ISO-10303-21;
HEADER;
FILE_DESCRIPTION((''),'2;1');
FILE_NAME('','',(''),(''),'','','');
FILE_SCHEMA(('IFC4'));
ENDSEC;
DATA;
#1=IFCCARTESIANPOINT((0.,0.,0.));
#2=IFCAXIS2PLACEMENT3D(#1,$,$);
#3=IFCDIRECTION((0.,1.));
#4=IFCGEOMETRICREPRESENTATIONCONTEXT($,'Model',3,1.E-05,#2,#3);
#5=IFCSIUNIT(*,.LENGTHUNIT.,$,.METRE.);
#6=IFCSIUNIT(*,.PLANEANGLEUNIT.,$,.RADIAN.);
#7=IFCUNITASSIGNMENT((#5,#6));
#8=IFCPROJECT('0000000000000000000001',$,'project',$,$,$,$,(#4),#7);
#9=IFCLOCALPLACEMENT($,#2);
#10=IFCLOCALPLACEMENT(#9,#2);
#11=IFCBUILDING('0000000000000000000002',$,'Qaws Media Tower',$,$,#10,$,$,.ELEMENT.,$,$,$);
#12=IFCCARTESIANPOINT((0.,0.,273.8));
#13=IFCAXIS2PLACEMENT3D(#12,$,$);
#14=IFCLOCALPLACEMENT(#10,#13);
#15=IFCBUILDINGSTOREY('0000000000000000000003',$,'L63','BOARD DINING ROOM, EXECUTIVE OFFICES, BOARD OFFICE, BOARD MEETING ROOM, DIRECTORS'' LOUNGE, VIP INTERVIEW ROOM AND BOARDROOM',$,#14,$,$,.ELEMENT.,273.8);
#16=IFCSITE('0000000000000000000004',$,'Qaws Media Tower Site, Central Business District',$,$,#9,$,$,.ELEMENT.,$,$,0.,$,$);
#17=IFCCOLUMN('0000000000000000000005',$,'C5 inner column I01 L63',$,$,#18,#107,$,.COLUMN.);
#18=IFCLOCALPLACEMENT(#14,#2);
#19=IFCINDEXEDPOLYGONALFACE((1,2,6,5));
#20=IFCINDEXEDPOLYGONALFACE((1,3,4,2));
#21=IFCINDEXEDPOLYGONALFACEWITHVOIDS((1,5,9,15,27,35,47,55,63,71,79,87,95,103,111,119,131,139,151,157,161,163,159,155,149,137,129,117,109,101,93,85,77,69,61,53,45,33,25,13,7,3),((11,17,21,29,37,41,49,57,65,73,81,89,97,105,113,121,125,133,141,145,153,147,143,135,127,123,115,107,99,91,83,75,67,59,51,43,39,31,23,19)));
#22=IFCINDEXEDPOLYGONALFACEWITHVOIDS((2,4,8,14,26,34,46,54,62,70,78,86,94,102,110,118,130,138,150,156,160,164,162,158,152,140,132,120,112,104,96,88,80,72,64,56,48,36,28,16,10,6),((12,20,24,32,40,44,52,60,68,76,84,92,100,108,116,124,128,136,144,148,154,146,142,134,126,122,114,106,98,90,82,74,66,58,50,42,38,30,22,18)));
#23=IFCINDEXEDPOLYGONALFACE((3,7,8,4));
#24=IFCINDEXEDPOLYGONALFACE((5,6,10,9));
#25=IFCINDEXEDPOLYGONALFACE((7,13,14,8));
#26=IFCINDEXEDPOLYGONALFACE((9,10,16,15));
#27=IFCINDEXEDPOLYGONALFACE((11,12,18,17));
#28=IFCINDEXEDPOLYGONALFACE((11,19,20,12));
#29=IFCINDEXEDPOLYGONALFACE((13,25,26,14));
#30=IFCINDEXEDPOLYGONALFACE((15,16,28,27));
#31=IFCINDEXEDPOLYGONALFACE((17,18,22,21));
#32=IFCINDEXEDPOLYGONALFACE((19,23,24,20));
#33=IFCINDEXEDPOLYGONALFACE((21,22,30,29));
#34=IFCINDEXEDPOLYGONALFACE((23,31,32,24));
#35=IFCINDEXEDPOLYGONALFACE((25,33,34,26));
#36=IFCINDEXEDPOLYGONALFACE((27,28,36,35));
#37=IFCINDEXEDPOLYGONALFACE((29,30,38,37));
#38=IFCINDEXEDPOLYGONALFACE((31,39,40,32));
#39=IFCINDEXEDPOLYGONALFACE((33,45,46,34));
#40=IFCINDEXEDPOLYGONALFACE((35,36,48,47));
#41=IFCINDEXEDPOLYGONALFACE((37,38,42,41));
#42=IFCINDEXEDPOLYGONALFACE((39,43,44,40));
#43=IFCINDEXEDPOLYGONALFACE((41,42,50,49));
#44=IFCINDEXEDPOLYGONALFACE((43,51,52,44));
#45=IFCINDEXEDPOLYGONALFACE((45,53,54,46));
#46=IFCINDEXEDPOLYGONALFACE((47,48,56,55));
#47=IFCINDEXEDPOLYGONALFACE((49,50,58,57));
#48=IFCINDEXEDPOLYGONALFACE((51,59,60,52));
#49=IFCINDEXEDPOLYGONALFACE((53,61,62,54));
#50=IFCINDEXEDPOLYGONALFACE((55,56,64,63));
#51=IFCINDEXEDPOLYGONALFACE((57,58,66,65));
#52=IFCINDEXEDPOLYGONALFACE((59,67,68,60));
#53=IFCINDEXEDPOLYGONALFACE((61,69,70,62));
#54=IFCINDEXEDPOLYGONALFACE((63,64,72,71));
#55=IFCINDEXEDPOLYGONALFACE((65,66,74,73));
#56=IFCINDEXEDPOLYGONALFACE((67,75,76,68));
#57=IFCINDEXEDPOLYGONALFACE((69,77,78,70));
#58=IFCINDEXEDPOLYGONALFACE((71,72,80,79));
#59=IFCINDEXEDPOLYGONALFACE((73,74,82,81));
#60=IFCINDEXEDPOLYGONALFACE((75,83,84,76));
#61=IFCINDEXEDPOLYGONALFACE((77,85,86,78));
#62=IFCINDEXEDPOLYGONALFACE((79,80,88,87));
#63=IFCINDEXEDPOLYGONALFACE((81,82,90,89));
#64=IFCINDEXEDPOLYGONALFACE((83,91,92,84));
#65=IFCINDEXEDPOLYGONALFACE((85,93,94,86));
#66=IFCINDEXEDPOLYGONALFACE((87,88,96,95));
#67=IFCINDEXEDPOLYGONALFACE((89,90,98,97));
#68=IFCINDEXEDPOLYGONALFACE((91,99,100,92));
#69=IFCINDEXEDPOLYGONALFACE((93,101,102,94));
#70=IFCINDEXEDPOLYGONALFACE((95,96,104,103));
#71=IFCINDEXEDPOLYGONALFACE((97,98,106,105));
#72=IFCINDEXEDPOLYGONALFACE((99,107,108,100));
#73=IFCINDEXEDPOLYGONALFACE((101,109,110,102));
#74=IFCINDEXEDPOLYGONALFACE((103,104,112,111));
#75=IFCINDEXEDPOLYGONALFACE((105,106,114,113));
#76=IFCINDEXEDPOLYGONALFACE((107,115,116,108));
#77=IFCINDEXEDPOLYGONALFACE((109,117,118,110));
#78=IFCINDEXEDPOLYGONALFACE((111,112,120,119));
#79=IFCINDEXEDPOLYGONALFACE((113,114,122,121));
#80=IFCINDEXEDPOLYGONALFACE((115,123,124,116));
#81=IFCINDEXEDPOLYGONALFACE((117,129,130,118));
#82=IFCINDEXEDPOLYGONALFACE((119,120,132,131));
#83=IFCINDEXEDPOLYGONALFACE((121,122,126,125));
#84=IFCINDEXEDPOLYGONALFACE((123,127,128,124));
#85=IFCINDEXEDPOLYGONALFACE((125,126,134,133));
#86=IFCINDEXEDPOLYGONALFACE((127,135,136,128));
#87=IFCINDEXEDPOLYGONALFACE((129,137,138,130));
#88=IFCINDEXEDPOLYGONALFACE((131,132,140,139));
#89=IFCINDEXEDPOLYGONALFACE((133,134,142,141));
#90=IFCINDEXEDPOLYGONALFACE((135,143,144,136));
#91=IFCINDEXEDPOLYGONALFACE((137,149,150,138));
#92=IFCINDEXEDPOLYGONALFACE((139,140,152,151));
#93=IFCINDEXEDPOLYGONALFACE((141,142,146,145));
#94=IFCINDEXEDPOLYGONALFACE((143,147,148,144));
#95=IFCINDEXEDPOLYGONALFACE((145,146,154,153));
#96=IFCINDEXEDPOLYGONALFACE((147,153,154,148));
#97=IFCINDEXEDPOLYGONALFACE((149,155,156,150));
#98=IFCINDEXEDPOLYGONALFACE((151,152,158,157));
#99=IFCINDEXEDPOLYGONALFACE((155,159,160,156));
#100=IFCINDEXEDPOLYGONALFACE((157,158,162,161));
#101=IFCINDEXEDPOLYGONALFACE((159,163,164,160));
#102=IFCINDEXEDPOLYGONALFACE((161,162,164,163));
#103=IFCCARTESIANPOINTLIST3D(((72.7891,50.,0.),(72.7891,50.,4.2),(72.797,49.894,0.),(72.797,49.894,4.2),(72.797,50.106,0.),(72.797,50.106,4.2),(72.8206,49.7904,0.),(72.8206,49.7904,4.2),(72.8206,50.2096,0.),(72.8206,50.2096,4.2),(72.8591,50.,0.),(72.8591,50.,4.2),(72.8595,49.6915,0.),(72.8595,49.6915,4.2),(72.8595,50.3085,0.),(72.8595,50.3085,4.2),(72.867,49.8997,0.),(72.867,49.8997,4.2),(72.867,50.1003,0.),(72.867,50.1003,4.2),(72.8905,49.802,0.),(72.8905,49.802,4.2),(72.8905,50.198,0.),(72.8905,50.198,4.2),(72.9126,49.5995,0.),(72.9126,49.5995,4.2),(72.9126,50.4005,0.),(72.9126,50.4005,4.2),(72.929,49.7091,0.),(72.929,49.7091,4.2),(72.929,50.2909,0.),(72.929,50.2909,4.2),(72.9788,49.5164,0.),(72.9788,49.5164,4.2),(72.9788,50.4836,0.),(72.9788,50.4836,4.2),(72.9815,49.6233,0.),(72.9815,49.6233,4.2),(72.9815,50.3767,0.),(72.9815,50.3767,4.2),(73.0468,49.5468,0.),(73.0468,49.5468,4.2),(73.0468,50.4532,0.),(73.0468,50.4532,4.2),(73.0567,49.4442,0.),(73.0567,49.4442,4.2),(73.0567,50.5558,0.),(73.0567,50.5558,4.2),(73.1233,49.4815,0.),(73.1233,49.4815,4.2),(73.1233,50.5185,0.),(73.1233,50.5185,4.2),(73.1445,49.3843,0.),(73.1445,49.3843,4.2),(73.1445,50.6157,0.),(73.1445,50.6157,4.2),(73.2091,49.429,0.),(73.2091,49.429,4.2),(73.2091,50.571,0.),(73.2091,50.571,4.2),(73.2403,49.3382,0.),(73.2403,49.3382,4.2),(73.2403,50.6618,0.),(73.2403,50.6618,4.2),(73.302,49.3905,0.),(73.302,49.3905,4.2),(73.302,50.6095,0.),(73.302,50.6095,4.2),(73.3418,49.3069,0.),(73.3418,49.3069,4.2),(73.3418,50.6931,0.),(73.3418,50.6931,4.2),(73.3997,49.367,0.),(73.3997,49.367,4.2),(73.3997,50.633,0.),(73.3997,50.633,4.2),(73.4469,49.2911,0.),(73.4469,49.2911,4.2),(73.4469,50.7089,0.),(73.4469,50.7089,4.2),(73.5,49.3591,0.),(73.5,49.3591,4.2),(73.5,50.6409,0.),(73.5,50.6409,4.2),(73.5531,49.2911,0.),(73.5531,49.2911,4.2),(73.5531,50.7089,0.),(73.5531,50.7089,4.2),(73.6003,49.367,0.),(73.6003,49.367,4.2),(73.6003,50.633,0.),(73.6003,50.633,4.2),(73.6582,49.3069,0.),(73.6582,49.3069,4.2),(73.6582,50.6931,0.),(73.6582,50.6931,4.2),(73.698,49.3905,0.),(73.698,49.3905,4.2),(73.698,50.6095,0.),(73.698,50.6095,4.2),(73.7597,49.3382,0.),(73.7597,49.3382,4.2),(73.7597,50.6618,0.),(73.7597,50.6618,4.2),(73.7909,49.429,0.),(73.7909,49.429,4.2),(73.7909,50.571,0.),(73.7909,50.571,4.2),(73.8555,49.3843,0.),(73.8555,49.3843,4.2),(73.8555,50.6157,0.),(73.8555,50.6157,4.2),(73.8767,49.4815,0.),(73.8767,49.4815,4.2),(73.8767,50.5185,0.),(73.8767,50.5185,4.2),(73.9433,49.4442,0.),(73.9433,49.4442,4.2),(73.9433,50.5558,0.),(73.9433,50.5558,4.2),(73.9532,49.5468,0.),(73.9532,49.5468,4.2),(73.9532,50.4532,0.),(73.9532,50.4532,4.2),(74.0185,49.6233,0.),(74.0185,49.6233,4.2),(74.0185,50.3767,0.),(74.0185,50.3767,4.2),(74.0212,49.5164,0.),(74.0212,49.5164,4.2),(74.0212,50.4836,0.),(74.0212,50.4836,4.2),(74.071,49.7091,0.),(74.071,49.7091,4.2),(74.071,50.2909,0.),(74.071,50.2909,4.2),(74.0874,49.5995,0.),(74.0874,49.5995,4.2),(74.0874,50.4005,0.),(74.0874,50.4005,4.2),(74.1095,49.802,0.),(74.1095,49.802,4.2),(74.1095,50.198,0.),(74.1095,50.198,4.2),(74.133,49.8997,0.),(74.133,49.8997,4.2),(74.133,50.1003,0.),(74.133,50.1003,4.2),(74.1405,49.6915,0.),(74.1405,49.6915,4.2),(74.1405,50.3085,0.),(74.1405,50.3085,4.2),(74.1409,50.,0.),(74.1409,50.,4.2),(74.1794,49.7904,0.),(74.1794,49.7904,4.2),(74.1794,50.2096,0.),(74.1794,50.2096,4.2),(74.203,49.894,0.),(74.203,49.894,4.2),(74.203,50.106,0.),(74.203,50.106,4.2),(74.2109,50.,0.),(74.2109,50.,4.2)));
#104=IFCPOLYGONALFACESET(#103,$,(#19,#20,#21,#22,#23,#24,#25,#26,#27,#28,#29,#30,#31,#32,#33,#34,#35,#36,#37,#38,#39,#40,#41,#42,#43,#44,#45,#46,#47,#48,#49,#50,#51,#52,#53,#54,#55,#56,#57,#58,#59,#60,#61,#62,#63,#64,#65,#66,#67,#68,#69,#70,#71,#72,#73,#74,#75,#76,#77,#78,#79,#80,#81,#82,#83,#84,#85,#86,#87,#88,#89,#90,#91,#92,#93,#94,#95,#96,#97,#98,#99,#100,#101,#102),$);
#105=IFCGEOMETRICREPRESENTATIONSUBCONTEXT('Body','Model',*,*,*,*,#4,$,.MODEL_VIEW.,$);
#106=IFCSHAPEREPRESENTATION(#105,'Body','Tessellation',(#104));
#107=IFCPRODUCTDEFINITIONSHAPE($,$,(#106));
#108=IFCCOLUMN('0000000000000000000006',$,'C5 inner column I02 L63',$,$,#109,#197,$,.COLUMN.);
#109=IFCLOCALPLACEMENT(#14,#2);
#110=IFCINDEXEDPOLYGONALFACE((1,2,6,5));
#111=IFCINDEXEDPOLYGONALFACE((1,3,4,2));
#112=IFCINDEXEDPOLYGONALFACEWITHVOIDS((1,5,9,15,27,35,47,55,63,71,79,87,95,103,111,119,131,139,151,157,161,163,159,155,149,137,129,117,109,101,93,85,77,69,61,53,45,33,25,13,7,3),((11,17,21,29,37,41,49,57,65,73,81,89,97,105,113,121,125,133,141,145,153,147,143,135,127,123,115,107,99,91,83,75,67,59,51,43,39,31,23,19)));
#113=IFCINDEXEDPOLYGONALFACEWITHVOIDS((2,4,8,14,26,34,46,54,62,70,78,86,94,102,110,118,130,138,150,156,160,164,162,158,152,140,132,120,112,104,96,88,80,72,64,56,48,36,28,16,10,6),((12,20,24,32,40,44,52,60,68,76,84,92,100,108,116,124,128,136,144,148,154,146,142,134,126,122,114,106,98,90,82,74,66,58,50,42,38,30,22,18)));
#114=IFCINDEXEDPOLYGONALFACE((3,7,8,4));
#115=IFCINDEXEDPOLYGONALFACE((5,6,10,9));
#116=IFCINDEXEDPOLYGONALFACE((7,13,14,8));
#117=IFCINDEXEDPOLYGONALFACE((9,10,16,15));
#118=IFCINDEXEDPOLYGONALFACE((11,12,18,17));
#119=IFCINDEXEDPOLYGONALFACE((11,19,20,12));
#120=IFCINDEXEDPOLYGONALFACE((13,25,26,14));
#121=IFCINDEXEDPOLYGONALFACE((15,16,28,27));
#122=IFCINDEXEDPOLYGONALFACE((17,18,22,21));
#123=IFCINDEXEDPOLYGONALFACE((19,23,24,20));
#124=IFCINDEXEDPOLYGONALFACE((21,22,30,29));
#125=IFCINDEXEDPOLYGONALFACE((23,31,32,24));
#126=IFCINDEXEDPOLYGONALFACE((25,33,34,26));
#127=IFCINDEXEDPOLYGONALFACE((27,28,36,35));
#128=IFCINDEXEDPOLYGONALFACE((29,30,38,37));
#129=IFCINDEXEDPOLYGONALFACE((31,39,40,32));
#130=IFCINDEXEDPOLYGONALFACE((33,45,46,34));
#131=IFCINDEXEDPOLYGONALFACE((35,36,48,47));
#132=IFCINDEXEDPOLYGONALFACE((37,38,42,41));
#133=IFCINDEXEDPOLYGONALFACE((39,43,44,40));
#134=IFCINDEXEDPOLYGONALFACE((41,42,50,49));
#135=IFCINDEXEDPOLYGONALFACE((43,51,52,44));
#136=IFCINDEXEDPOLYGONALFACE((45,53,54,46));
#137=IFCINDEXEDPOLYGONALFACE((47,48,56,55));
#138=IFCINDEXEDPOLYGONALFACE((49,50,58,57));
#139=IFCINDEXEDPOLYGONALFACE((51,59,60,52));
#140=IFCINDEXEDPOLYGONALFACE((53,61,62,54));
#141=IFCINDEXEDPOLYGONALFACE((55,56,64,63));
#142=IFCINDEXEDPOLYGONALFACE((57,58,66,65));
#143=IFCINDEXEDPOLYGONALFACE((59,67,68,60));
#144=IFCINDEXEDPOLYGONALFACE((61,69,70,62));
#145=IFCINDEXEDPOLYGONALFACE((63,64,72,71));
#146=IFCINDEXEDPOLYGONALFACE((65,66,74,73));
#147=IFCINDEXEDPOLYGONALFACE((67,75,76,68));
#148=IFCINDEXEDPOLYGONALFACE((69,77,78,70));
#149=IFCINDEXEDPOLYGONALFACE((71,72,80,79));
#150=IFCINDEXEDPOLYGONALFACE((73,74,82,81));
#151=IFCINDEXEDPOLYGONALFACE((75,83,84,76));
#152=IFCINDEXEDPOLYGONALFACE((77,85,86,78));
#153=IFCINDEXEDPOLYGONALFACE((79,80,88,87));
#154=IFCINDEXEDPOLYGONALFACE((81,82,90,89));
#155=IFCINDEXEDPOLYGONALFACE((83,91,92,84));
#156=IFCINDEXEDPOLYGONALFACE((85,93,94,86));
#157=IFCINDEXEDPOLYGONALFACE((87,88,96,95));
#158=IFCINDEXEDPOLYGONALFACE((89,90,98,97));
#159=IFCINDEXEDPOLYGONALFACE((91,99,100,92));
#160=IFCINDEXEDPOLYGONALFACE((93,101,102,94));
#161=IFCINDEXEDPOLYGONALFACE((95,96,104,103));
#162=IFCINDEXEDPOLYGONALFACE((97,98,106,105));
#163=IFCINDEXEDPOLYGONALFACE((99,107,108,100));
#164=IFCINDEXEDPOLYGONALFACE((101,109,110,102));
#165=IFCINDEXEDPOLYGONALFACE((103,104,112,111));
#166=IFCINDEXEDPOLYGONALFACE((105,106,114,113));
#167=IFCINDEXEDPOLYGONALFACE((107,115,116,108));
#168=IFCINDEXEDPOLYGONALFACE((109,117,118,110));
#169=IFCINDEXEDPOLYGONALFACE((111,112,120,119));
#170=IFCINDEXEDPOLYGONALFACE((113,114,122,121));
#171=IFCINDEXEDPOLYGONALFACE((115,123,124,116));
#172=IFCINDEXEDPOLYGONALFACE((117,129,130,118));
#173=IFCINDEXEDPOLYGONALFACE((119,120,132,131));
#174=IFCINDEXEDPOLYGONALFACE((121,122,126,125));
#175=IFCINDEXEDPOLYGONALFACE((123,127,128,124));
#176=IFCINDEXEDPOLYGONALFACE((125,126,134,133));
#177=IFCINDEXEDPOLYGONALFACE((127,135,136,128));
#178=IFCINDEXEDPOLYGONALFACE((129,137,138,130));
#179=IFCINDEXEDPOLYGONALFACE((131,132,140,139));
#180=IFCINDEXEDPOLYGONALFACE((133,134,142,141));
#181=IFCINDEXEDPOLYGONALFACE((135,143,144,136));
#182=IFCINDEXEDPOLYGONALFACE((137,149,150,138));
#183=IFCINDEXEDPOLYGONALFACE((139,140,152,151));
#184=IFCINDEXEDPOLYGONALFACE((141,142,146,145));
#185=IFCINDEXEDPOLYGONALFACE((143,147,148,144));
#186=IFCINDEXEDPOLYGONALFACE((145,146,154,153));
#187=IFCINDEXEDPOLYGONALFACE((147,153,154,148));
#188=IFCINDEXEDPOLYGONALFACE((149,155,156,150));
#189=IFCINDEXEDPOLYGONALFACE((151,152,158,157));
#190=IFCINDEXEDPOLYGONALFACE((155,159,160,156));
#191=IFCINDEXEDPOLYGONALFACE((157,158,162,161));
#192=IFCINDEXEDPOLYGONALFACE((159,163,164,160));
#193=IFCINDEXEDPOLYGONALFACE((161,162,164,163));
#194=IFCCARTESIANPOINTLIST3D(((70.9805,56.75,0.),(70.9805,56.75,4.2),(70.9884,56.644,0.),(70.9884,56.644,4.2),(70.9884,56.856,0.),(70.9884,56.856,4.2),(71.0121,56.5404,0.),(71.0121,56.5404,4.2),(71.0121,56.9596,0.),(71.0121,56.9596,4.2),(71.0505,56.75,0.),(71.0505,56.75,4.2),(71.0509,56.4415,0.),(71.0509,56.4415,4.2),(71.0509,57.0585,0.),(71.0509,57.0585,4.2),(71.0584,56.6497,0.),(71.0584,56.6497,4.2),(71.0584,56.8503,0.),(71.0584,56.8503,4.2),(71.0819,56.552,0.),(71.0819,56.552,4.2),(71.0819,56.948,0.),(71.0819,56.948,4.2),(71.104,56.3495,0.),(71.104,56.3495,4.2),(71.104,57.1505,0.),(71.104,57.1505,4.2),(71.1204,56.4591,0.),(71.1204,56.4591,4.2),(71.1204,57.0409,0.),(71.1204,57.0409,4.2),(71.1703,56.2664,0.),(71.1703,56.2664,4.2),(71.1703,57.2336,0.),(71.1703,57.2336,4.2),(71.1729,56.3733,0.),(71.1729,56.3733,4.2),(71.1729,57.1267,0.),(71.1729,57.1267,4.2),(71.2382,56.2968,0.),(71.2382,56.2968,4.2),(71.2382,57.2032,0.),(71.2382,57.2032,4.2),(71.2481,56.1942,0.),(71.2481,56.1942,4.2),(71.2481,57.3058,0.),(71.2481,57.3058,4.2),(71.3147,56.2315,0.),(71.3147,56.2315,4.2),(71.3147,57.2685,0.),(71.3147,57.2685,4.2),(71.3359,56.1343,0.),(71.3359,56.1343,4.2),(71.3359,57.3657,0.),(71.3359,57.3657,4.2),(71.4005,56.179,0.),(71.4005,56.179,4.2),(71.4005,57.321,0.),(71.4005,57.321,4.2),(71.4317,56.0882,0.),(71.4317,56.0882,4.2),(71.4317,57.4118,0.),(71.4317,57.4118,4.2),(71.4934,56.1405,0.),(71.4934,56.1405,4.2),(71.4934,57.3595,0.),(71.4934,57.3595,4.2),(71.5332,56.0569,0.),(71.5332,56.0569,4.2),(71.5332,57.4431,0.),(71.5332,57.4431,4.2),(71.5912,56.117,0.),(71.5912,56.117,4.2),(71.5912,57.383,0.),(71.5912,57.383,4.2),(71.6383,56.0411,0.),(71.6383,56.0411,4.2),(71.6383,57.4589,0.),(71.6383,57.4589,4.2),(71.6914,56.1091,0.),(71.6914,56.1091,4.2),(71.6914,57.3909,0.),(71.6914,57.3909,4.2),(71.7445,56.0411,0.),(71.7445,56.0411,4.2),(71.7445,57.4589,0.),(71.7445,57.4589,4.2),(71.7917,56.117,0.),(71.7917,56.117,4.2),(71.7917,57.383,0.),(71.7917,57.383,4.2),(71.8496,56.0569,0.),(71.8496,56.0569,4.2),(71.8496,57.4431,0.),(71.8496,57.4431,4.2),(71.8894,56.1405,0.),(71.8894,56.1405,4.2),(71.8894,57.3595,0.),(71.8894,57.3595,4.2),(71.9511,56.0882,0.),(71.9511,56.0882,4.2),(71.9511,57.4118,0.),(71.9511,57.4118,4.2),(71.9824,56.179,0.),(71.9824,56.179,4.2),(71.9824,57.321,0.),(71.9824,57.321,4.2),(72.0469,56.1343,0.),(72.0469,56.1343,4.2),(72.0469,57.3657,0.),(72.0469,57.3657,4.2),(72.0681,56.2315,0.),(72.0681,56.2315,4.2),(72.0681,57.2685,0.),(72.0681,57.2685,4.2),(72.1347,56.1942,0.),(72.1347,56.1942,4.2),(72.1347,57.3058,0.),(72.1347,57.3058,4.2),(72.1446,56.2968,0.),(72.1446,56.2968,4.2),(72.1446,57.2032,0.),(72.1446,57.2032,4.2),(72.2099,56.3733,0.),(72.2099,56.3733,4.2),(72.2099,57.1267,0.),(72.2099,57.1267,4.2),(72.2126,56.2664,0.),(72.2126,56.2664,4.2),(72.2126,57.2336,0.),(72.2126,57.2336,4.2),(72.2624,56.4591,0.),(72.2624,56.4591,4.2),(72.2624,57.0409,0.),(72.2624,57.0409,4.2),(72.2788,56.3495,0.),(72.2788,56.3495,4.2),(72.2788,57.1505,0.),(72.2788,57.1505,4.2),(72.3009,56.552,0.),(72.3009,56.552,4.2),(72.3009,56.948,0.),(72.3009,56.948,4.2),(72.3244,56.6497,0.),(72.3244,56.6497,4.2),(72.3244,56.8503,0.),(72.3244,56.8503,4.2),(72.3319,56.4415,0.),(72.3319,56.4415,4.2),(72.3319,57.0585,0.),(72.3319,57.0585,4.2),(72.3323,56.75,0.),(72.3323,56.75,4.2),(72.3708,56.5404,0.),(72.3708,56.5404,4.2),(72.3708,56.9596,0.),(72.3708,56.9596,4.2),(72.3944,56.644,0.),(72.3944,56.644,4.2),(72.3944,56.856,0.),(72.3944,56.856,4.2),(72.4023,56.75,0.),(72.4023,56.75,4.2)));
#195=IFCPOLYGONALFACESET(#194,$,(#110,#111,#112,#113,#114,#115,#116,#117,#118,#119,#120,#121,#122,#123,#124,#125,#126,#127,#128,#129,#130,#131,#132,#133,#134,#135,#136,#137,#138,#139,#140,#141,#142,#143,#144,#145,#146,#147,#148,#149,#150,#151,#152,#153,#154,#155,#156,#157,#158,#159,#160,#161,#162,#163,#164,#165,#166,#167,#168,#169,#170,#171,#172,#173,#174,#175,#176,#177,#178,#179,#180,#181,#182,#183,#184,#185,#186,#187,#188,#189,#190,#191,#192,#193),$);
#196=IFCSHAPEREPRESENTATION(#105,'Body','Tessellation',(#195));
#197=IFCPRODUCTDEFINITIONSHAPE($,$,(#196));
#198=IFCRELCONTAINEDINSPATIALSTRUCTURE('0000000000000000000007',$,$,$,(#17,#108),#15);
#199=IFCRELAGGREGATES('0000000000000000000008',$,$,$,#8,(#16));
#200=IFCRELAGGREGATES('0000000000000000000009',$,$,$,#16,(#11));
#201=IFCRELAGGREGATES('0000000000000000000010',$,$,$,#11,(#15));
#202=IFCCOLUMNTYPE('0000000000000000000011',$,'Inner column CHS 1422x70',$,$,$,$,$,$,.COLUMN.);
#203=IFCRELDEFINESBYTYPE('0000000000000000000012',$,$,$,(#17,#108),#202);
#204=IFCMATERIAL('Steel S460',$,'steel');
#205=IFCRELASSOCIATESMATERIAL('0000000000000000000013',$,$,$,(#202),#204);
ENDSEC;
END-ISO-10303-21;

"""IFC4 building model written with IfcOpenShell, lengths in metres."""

from ifc_helpers import new_model, si_unit, direction, frame, origin, origin_2d, place, context, subcontext, project, spatial, hollow_circle, extrude, material, material_profile, profile_set, type_object, element, save


model = new_model("IFC4")

# Units and contexts
model_context = context("Model", 3, precision=1e-05, world=origin(), true_north=direction((0.0, 1.0)))
body_context = subcontext(model_context, "Body", "Model", "MODEL_VIEW")
ifc_project = project(units=[si_unit("LENGTHUNIT", "METRE"), si_unit("PLANEANGLEUNIT", "RADIAN")], contexts=[model_context])

# Site, building, storey
site_placement = place(None, origin())
site = spatial("IfcSite", under=ifc_project, at=site_placement, Name="Qaws Media Tower Site, Central Business District", CompositionType="ELEMENT", RefElevation=0.0)
building_placement = place(site_placement, origin())
building = spatial("IfcBuilding", under=site, at=building_placement, Name="Qaws Media Tower", CompositionType="ELEMENT")
storey_placement = place(building_placement, frame((0.0, 0.0, 273.8)))
storey = spatial("IfcBuildingStorey", under=building, at=storey_placement, Name="L63", Description="BOARD DINING ROOM, EXECUTIVE OFFICES, BOARD OFFICE, BOARD MEETING ROOM, DIRECTORS' LOUNGE, VIP INTERVIEW ROOM AND BOARDROOM", CompositionType="ELEMENT", Elevation=273.8)

# Columns
ifc_material_1 = material(Name="Steel S460", Category="steel")
ifc_material_profile_1 = material_profile(ifc_material_1, hollow_circle(Radius=0.7109, WallThickness=0.0701, at=origin_2d()), Name="CHS 1422x70")
ifc_profile_set_1 = profile_set([ifc_material_profile_1], Name="Steel S460")
column_type = type_object("IfcColumnType", Name="Inner column CHS 1422x70", PredefinedType="COLUMN", material=ifc_profile_set_1)
for number, where, z_axis, x_axis, name in (
    (1, (73.5, 50.0, 0.0), (0.0, 0.0, 1.0), (1.0, 0.0, 0.0), "C5 inner column I01 L63"),
    (2, (71.6914, 56.75, 0.0), (0.0, 0.0, 1.0), (1.0, 0.0, 0.0), "C5 inner column I02 L63"),
):
    element("IfcColumn", number, at=place(storey_placement, frame(where, z_axis=z_axis, x_axis=x_axis)), inside=storey, type_object=column_type, Name=name, PredefinedType="COLUMN", context=body_context, shape_type="SweptSolid", body=[
        extrude(hollow_circle(Radius=0.7109, WallThickness=0.0701, at=origin_2d()), origin(), (0.0, 0.0, 1.0), 4.2),
    ])

save(model, "model.ifc")
